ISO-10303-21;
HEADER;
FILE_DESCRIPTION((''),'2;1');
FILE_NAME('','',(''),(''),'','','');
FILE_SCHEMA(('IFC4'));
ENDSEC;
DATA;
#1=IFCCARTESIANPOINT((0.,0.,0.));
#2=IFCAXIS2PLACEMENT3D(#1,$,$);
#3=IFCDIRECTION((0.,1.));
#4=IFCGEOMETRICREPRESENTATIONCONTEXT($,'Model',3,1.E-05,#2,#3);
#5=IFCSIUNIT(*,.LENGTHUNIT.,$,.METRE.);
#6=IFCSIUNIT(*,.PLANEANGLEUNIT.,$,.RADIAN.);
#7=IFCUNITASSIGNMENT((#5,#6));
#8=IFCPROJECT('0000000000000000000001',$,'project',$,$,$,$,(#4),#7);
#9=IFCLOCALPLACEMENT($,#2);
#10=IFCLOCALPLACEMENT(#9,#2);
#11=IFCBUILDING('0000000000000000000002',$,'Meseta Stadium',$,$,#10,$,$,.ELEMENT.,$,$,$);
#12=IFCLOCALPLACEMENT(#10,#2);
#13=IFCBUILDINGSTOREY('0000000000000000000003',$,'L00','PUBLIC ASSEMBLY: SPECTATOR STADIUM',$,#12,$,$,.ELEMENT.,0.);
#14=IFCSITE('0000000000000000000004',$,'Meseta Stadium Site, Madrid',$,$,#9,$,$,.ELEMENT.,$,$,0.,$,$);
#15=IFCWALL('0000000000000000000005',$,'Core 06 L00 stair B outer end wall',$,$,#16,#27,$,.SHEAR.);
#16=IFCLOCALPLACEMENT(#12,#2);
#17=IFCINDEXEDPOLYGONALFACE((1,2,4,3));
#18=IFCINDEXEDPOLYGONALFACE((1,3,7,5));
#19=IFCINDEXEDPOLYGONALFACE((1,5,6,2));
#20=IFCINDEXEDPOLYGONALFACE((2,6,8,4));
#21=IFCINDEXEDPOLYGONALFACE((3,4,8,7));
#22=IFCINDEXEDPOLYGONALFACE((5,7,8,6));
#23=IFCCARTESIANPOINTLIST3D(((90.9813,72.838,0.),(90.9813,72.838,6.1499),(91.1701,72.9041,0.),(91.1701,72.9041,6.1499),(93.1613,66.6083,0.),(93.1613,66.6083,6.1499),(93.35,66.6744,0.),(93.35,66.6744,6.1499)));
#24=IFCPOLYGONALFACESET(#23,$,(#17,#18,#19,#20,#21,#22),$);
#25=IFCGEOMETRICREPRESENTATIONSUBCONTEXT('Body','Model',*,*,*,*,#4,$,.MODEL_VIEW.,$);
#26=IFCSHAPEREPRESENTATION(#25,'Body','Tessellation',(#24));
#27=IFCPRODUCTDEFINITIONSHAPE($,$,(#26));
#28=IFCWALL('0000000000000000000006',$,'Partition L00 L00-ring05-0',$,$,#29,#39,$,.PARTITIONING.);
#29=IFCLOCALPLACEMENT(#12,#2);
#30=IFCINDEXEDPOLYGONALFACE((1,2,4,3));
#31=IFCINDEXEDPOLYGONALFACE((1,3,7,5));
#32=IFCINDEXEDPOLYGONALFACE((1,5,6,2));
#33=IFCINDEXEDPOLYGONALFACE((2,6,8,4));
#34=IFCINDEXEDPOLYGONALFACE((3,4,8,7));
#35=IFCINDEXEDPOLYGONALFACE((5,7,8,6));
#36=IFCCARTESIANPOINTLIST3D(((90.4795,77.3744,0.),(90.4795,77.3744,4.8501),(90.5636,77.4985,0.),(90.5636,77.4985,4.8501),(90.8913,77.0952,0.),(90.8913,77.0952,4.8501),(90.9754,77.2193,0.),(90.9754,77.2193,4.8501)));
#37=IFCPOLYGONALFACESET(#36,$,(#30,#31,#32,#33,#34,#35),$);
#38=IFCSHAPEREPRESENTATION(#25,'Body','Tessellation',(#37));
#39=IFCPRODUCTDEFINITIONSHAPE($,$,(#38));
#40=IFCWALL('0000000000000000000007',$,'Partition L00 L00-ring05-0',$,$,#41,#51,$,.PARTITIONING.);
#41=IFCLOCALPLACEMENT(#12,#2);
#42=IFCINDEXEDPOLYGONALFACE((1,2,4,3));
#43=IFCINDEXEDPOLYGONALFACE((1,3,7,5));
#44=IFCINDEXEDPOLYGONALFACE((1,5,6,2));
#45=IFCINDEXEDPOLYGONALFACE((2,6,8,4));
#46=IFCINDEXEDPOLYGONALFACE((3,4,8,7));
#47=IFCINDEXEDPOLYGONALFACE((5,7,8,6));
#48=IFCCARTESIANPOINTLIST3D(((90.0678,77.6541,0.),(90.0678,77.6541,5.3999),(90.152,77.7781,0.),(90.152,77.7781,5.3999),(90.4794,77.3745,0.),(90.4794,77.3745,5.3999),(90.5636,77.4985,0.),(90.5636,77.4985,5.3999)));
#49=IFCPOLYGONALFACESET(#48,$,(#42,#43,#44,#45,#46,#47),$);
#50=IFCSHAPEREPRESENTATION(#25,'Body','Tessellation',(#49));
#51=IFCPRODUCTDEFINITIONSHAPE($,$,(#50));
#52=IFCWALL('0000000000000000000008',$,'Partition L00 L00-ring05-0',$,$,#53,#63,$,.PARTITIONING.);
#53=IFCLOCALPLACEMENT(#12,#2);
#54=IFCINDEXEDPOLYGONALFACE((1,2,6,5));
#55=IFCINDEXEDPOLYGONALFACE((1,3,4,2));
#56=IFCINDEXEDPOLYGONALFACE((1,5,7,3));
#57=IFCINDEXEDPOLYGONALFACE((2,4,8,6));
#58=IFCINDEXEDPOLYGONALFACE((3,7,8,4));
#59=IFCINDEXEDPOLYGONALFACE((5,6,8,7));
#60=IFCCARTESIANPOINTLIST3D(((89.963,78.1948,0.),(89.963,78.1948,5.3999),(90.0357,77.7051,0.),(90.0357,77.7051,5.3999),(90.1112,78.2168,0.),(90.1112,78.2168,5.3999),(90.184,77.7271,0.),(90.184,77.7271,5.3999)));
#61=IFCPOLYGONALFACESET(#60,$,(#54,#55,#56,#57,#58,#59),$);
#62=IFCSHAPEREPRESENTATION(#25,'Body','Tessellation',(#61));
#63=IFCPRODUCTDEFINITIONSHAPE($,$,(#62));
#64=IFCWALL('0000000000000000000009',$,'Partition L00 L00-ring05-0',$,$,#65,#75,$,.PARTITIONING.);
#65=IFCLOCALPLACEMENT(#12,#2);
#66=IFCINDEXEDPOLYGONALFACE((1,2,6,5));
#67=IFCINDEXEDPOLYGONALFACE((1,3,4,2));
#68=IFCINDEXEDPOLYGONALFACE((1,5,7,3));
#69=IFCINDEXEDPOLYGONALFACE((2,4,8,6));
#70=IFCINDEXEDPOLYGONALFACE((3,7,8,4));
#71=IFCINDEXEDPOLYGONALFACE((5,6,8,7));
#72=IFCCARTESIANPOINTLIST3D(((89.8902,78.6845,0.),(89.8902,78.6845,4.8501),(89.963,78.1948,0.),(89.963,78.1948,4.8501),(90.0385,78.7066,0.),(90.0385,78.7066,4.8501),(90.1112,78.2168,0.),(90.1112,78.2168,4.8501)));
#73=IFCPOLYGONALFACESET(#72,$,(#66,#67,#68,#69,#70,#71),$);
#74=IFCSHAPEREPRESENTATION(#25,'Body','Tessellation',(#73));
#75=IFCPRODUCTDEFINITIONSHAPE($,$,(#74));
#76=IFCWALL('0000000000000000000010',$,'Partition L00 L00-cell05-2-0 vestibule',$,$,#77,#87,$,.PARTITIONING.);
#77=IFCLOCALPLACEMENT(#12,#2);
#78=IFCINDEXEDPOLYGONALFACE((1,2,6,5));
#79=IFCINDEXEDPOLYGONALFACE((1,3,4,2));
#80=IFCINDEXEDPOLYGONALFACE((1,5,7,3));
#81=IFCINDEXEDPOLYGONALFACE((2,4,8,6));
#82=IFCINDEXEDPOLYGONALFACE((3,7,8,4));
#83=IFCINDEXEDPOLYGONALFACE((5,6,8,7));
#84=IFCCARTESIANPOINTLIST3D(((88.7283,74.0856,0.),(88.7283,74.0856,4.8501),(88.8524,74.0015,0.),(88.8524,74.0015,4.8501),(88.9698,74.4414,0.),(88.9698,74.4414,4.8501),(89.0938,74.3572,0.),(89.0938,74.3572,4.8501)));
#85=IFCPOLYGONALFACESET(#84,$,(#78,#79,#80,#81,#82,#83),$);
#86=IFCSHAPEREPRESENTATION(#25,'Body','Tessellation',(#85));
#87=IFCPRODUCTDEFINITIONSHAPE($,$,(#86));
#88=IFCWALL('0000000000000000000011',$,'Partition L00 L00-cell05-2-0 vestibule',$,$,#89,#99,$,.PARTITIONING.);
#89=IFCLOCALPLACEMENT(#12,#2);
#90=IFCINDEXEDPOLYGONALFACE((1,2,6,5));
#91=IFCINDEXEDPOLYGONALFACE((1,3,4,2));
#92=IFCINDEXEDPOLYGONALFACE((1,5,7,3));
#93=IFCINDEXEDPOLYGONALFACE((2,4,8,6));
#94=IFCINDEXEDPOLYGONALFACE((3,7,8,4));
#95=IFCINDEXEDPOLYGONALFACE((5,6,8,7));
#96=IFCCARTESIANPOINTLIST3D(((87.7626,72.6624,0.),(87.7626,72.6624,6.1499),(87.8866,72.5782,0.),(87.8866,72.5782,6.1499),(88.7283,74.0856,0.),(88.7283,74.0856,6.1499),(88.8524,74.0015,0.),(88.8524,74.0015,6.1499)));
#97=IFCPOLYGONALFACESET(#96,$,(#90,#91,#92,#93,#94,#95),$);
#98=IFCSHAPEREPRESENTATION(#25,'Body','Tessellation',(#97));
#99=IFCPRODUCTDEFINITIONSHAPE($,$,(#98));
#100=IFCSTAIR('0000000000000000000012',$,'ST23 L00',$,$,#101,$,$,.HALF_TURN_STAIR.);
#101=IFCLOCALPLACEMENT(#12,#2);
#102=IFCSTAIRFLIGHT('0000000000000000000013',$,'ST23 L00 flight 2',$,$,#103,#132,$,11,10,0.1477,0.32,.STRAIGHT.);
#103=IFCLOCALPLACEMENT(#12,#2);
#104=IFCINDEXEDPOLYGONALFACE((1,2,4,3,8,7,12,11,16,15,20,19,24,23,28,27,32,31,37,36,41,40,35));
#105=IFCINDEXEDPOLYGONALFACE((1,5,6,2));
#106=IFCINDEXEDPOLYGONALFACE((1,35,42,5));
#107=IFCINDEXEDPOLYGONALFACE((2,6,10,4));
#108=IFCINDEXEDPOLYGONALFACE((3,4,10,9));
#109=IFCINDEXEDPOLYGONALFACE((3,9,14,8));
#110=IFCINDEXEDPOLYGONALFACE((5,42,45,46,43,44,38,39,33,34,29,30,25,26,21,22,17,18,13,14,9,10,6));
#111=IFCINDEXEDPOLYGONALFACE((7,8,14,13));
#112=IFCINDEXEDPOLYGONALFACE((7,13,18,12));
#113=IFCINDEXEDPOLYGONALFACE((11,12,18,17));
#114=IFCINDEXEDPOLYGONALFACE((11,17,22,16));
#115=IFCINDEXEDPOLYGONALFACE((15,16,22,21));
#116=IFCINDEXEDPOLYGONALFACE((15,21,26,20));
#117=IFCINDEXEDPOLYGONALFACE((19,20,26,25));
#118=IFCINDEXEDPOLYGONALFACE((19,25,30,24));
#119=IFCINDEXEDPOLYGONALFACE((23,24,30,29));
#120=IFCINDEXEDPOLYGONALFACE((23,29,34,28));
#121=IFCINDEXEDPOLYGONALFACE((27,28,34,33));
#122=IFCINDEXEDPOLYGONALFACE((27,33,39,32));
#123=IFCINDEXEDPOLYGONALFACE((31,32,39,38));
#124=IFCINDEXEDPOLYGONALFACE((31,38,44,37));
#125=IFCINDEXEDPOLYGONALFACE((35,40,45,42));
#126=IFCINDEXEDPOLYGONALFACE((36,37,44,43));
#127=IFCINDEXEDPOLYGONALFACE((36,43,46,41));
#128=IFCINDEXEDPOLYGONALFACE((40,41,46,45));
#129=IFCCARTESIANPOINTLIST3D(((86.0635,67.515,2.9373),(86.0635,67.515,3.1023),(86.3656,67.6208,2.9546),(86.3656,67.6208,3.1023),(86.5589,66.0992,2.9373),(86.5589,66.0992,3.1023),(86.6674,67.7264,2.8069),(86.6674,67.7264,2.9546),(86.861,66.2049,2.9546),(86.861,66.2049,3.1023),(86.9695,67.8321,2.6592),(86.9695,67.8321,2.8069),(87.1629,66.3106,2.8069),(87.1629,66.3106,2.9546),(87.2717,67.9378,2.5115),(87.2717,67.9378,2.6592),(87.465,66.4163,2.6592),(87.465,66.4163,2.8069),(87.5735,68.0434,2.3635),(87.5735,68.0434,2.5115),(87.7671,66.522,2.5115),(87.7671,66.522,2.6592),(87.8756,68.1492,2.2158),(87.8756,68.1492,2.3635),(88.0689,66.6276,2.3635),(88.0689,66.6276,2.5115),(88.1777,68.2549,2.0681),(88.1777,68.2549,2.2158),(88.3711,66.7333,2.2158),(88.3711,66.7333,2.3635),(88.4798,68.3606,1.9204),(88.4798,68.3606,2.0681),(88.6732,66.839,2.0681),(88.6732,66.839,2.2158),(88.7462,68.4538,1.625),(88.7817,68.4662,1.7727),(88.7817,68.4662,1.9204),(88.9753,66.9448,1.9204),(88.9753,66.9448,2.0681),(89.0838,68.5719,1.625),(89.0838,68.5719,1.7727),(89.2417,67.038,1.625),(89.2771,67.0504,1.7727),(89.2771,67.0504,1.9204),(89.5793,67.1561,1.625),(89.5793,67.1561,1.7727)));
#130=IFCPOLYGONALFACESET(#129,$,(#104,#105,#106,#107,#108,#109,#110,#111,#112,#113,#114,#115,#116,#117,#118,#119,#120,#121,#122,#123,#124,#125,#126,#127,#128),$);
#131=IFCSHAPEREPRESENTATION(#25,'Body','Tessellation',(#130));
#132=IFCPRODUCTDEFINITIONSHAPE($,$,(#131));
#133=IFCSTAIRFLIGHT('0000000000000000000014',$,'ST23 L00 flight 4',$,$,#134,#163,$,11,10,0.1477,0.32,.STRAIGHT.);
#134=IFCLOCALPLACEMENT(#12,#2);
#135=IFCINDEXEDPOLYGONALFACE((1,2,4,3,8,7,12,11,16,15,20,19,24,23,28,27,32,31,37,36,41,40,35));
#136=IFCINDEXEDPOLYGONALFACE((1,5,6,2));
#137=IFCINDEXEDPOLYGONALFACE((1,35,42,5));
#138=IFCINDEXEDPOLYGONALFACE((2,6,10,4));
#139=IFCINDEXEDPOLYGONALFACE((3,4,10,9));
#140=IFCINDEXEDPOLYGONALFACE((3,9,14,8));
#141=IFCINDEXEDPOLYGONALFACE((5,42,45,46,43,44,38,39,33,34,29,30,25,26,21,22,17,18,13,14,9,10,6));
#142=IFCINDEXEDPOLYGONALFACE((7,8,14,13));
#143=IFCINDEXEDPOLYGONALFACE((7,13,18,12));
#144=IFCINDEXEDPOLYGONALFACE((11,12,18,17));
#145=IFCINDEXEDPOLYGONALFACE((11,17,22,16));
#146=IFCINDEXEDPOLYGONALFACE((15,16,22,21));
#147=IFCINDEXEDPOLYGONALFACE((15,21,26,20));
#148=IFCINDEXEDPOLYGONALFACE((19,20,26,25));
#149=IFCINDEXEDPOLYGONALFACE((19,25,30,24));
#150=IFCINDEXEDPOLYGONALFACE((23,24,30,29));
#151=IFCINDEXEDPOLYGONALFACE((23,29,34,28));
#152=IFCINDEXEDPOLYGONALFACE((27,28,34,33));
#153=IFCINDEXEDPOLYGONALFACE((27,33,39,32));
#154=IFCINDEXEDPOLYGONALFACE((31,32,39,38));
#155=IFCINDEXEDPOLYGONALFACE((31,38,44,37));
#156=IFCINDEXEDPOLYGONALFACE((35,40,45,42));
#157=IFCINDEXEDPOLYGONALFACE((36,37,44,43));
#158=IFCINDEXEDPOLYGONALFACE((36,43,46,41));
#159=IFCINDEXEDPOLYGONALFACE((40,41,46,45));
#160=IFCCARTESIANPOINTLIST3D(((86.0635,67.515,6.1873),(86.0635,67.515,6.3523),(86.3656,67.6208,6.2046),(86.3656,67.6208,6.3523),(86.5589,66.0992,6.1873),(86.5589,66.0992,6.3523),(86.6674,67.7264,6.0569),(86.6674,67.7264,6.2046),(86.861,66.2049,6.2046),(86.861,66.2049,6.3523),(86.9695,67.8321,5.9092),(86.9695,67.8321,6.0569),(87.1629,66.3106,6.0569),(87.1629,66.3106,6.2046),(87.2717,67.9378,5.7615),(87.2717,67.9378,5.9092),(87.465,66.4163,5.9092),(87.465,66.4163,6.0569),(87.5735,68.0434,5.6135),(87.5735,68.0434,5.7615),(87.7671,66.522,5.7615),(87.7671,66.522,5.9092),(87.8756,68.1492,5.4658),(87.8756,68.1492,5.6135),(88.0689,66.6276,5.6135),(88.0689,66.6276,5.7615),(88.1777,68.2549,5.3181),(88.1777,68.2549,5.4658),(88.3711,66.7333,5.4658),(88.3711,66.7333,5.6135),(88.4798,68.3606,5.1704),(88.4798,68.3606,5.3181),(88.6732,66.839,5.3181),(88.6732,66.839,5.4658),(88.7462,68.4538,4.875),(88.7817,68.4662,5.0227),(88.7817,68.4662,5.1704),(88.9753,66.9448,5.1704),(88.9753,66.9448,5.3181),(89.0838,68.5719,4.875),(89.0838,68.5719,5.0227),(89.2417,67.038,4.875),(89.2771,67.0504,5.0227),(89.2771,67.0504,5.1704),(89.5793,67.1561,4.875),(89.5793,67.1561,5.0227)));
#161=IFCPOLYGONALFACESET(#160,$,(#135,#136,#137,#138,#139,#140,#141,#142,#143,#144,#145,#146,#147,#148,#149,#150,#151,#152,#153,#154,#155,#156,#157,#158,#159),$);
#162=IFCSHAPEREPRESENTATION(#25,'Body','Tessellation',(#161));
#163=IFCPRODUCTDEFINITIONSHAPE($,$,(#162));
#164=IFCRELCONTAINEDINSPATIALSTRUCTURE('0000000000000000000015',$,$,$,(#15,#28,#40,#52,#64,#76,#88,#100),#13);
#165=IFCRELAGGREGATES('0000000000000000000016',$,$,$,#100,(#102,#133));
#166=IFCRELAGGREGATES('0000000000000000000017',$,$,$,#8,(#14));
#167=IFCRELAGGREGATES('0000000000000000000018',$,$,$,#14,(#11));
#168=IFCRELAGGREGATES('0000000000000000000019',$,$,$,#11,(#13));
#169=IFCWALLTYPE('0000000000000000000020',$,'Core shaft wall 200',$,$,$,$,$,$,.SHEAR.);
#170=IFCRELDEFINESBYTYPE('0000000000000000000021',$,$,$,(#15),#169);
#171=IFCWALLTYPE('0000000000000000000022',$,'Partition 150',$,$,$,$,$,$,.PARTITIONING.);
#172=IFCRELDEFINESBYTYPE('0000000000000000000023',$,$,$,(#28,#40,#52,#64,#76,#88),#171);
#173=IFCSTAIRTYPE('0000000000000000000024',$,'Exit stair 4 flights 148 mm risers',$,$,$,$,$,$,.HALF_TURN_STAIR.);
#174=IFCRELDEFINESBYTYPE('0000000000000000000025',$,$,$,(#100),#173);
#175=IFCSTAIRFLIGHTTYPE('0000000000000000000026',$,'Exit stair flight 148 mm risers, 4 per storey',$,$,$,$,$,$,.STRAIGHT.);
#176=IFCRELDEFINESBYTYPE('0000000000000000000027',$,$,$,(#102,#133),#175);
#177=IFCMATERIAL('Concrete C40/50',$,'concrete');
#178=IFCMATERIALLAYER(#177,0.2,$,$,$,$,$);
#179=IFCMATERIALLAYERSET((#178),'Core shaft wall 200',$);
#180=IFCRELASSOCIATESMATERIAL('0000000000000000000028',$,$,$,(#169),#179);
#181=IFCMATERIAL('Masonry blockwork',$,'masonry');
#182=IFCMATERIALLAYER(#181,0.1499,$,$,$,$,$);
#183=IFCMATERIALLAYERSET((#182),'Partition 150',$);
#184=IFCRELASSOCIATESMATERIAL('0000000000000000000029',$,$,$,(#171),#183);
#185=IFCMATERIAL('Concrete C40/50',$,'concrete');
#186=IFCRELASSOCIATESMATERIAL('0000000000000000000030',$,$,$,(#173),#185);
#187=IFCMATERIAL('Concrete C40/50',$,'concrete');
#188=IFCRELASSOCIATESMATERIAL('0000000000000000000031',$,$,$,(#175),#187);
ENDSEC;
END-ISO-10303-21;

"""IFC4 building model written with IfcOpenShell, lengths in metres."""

from ifc_helpers import new_model, si_unit, direction, frame, frame_2d, origin, place, context, subcontext, project, spatial, polyline, rectangle, outline, extrude, material, layer, layer_set, type_object, element, aggregate, save


model = new_model("IFC4")

# Units and contexts
model_context = context("Model", 3, precision=1e-05, world=origin(), true_north=direction((0.0, 1.0)))
body_context = subcontext(model_context, "Body", "Model", "MODEL_VIEW")
ifc_project = project(units=[si_unit("LENGTHUNIT", "METRE"), si_unit("PLANEANGLEUNIT", "RADIAN")], contexts=[model_context])

# Site, building, storey
site_placement = place(None, origin())
site = spatial("IfcSite", under=ifc_project, at=site_placement, Name="Meseta Stadium Site, Madrid", CompositionType="ELEMENT", RefElevation=0.0)
building_placement = place(site_placement, origin())
building = spatial("IfcBuilding", under=site, at=building_placement, Name="Meseta Stadium", CompositionType="ELEMENT")
storey_placement = place(building_placement, origin())
storey = spatial("IfcBuildingStorey", under=building, at=storey_placement, Name="L00", Description="PUBLIC ASSEMBLY: SPECTATOR STADIUM", CompositionType="ELEMENT", Elevation=0.0)

# Walls
ifc_material_1 = material(Name="Concrete C40/50", Category="concrete")
ifc_layer_1 = layer(ifc_material_1, 0.2)
ifc_layer_set_1 = layer_set([ifc_layer_1], Name="Core shaft wall 200")
wall_type_1 = type_object("IfcWallType", Name="Core shaft wall 200", PredefinedType="SHEAR", material=ifc_layer_set_1)
wall_1_placement = place(storey_placement, frame((93.2556, 66.6414, 0.0), z_axis=(0.0, 0.0, 1.0), x_axis=(-0.330286, 0.943881, 0.0)))
element("IfcWall", 1, at=wall_1_placement, inside=storey, type_object=wall_type_1, Name="Core 06 L00 stair B outer end wall", PredefinedType="SHEAR", context=body_context, shape_type="SweptSolid", body=[
    extrude(rectangle(XDim=6.6001, YDim=0.2, at=frame_2d((3.3, 0.0))), origin(), (0.0, 0.0, 1.0), 6.1499),
])
ifc_material_2 = material(Name="Masonry blockwork", Category="masonry")
ifc_layer_2 = layer(ifc_material_2, 0.1499)
ifc_layer_set_2 = layer_set([ifc_layer_2], Name="Partition 150")
wall_type_2 = type_object("IfcWallType", Name="Partition 150", PredefinedType="PARTITIONING", material=ifc_layer_set_2)
wall_2_placement = place(storey_placement, frame((90.9333, 77.1572, 0.0), z_axis=(0.0, 0.0, 1.0), x_axis=(-0.827647, 0.561249, 0.0)))
element("IfcWall", 2, at=wall_2_placement, inside=storey, type_object=wall_type_2, Name="Partition L00 L00-ring05-0", PredefinedType="PARTITIONING", context=body_context, shape_type="SweptSolid", body=[
    extrude(rectangle(XDim=0.4976, YDim=0.1499, at=frame_2d((0.2488, 0.0))), origin(), (0.0, 0.0, 1.0), 4.8501),
])
wall_3_placement = place(storey_placement, frame((90.5215, 77.4365, 0.0), z_axis=(0.0, 0.0, 1.0), x_axis=(-0.827264, 0.561813, 0.0)))
element("IfcWall", 3, at=wall_3_placement, inside=storey, type_object=wall_type_2, Name="Partition L00 L00-ring05-0", PredefinedType="PARTITIONING", context=body_context, shape_type="SweptSolid", body=[
    extrude(rectangle(XDim=0.4976, YDim=0.1499, at=frame_2d((0.2488, 0.0))), origin(), (0.0, 0.0, 1.0), 5.3999),
])
wall_4_placement = place(storey_placement, frame((90.1099, 77.7161, 0.0), z_axis=(0.0, 0.0, 1.0), x_axis=(-0.146942, 0.989145, 0.0)))
element("IfcWall", 4, at=wall_4_placement, inside=storey, type_object=wall_type_2, Name="Partition L00 L00-ring05-0", PredefinedType="PARTITIONING", context=body_context, shape_type="SweptSolid", body=[
    extrude(rectangle(XDim=0.4951, YDim=0.1499, at=frame_2d((0.2476, 0.0))), origin(), (0.0, 0.0, 1.0), 5.3999),
])
wall_5_placement = place(storey_placement, frame((90.0371, 78.2058, 0.0), z_axis=(0.0, 0.0, 1.0), x_axis=(-0.146942, 0.989145, 0.0)))
element("IfcWall", 5, at=wall_5_placement, inside=storey, type_object=wall_type_2, Name="Partition L00 L00-ring05-0", PredefinedType="PARTITIONING", context=body_context, shape_type="SweptSolid", body=[
    extrude(rectangle(XDim=0.4951, YDim=0.1499, at=frame_2d((0.2476, 0.0))), origin(), (0.0, 0.0, 1.0), 4.8501),
])
wall_6_placement = place(storey_placement, frame((89.0317, 74.3992, 0.0), z_axis=(0.0, 0.0, 1.0), x_axis=(-0.561626, -0.827391, 0.0)))
element("IfcWall", 6, at=wall_6_placement, inside=storey, type_object=wall_type_2, Name="Partition L00 L00-cell05-2-0 vestibule", PredefinedType="PARTITIONING", context=body_context, shape_type="SweptSolid", body=[
    extrude(rectangle(XDim=0.4299, YDim=0.1499, at=frame_2d((0.2148, 0.0))), origin(), (0.0, 0.0, 1.0), 4.8501),
])
wall_7_placement = place(storey_placement, frame((88.7903, 74.0435, 0.0), z_axis=(0.0, 0.0, 1.0), x_axis=(-0.561494, -0.82748, 0.0)))
element("IfcWall", 7, at=wall_7_placement, inside=storey, type_object=wall_type_2, Name="Partition L00 L00-cell05-2-0 vestibule", PredefinedType="PARTITIONING", context=body_context, shape_type="SweptSolid", body=[
    extrude(rectangle(XDim=1.72, YDim=0.1499, at=frame_2d((0.8599, 0.0))), origin(), (0.0, 0.0, 1.0), 6.1499),
])

# Stair, stair flights
ifc_material_3 = material(Name="Concrete C40/50", Category="concrete")
stair_type = type_object("IfcStairType", Name="Exit stair 4 flights 148 mm risers", PredefinedType="HALF_TURN_STAIR", material=ifc_material_3)
stair_placement = place(storey_placement, origin())
stair = element("IfcStair", 8, at=stair_placement, inside=storey, type_object=stair_type, Name="ST23 L00", PredefinedType="HALF_TURN_STAIR")
ifc_material_4 = material(Name="Concrete C40/50", Category="concrete")
stair_flight_type = type_object("IfcStairFlightType", Name="Exit stair flight 148 mm risers, 4 per storey", PredefinedType="STRAIGHT", material=ifc_material_4)
stair_flight_1_placement = place(storey_placement, frame((89.3315, 67.864, 1.625), z_axis=(0.0, 0.0, 1.0), x_axis=(-0.943883, -0.330279, 0.0)))
stair_flight_1 = element("IfcStairFlight", 9, at=stair_flight_1_placement, type_object=stair_flight_type, Name="ST23 L00 flight 2", NumberOfRisers=11, NumberOfTreads=10, PredefinedType="STRAIGHT", RiserHeight=0.1477, TreadLength=0.32, context=body_context, shape_type="SweptSolid", body=[
    extrude(outline(polyline([(0.0, 0.0), (0.0, 0.1477), (0.3201, 0.1477), (0.3201, 0.2954), (0.6399, 0.2954), (0.6399, 0.4431), (0.96, 0.4431), (0.96, 0.5908), (1.28, 0.5908), (1.28, 0.7385), (1.6001, 0.7385), (1.6001, 0.8865), (1.9199, 0.8865), (1.9199, 1.0342), (2.24, 1.0342), (2.24, 1.1819), (2.5601, 1.1819), (2.5601, 1.3296), (2.8799, 1.3296), (2.8799, 1.4773), (3.2, 1.4773), (3.2, 1.3123), (0.3577, 0.0), (0.0, 0.0)])), frame((0.0, 0.75, 0.0), z_axis=(0.0, -1.0, 0.0), x_axis=(1.0, 0.0, 0.0)), (0.0, 0.0, 1.0), 1.5),
])
stair_flight_2_placement = place(storey_placement, frame((89.3315, 67.864, 4.875), z_axis=(0.0, 0.0, 1.0), x_axis=(-0.943883, -0.330279, 0.0)))
stair_flight_2 = element("IfcStairFlight", 10, at=stair_flight_2_placement, type_object=stair_flight_type, Name="ST23 L00 flight 4", NumberOfRisers=11, NumberOfTreads=10, PredefinedType="STRAIGHT", RiserHeight=0.1477, TreadLength=0.32, context=body_context, shape_type="SweptSolid", body=[
    extrude(outline(polyline([(0.0, 0.0), (0.0, 0.1477), (0.3201, 0.1477), (0.3201, 0.2954), (0.6399, 0.2954), (0.6399, 0.4431), (0.96, 0.4431), (0.96, 0.5908), (1.28, 0.5908), (1.28, 0.7385), (1.6001, 0.7385), (1.6001, 0.8865), (1.9199, 0.8865), (1.9199, 1.0342), (2.24, 1.0342), (2.24, 1.1819), (2.5601, 1.1819), (2.5601, 1.3296), (2.8799, 1.3296), (2.8799, 1.4773), (3.2, 1.4773), (3.2, 1.3123), (0.3577, 0.0), (0.0, 0.0)])), frame((0.0, 0.75, 0.0), z_axis=(0.0, -1.0, 0.0), x_axis=(1.0, 0.0, 0.0)), (0.0, 0.0, 1.0), 1.5),
])
aggregate(stair, [stair_flight_1, stair_flight_2])

save(model, "model.ifc")
